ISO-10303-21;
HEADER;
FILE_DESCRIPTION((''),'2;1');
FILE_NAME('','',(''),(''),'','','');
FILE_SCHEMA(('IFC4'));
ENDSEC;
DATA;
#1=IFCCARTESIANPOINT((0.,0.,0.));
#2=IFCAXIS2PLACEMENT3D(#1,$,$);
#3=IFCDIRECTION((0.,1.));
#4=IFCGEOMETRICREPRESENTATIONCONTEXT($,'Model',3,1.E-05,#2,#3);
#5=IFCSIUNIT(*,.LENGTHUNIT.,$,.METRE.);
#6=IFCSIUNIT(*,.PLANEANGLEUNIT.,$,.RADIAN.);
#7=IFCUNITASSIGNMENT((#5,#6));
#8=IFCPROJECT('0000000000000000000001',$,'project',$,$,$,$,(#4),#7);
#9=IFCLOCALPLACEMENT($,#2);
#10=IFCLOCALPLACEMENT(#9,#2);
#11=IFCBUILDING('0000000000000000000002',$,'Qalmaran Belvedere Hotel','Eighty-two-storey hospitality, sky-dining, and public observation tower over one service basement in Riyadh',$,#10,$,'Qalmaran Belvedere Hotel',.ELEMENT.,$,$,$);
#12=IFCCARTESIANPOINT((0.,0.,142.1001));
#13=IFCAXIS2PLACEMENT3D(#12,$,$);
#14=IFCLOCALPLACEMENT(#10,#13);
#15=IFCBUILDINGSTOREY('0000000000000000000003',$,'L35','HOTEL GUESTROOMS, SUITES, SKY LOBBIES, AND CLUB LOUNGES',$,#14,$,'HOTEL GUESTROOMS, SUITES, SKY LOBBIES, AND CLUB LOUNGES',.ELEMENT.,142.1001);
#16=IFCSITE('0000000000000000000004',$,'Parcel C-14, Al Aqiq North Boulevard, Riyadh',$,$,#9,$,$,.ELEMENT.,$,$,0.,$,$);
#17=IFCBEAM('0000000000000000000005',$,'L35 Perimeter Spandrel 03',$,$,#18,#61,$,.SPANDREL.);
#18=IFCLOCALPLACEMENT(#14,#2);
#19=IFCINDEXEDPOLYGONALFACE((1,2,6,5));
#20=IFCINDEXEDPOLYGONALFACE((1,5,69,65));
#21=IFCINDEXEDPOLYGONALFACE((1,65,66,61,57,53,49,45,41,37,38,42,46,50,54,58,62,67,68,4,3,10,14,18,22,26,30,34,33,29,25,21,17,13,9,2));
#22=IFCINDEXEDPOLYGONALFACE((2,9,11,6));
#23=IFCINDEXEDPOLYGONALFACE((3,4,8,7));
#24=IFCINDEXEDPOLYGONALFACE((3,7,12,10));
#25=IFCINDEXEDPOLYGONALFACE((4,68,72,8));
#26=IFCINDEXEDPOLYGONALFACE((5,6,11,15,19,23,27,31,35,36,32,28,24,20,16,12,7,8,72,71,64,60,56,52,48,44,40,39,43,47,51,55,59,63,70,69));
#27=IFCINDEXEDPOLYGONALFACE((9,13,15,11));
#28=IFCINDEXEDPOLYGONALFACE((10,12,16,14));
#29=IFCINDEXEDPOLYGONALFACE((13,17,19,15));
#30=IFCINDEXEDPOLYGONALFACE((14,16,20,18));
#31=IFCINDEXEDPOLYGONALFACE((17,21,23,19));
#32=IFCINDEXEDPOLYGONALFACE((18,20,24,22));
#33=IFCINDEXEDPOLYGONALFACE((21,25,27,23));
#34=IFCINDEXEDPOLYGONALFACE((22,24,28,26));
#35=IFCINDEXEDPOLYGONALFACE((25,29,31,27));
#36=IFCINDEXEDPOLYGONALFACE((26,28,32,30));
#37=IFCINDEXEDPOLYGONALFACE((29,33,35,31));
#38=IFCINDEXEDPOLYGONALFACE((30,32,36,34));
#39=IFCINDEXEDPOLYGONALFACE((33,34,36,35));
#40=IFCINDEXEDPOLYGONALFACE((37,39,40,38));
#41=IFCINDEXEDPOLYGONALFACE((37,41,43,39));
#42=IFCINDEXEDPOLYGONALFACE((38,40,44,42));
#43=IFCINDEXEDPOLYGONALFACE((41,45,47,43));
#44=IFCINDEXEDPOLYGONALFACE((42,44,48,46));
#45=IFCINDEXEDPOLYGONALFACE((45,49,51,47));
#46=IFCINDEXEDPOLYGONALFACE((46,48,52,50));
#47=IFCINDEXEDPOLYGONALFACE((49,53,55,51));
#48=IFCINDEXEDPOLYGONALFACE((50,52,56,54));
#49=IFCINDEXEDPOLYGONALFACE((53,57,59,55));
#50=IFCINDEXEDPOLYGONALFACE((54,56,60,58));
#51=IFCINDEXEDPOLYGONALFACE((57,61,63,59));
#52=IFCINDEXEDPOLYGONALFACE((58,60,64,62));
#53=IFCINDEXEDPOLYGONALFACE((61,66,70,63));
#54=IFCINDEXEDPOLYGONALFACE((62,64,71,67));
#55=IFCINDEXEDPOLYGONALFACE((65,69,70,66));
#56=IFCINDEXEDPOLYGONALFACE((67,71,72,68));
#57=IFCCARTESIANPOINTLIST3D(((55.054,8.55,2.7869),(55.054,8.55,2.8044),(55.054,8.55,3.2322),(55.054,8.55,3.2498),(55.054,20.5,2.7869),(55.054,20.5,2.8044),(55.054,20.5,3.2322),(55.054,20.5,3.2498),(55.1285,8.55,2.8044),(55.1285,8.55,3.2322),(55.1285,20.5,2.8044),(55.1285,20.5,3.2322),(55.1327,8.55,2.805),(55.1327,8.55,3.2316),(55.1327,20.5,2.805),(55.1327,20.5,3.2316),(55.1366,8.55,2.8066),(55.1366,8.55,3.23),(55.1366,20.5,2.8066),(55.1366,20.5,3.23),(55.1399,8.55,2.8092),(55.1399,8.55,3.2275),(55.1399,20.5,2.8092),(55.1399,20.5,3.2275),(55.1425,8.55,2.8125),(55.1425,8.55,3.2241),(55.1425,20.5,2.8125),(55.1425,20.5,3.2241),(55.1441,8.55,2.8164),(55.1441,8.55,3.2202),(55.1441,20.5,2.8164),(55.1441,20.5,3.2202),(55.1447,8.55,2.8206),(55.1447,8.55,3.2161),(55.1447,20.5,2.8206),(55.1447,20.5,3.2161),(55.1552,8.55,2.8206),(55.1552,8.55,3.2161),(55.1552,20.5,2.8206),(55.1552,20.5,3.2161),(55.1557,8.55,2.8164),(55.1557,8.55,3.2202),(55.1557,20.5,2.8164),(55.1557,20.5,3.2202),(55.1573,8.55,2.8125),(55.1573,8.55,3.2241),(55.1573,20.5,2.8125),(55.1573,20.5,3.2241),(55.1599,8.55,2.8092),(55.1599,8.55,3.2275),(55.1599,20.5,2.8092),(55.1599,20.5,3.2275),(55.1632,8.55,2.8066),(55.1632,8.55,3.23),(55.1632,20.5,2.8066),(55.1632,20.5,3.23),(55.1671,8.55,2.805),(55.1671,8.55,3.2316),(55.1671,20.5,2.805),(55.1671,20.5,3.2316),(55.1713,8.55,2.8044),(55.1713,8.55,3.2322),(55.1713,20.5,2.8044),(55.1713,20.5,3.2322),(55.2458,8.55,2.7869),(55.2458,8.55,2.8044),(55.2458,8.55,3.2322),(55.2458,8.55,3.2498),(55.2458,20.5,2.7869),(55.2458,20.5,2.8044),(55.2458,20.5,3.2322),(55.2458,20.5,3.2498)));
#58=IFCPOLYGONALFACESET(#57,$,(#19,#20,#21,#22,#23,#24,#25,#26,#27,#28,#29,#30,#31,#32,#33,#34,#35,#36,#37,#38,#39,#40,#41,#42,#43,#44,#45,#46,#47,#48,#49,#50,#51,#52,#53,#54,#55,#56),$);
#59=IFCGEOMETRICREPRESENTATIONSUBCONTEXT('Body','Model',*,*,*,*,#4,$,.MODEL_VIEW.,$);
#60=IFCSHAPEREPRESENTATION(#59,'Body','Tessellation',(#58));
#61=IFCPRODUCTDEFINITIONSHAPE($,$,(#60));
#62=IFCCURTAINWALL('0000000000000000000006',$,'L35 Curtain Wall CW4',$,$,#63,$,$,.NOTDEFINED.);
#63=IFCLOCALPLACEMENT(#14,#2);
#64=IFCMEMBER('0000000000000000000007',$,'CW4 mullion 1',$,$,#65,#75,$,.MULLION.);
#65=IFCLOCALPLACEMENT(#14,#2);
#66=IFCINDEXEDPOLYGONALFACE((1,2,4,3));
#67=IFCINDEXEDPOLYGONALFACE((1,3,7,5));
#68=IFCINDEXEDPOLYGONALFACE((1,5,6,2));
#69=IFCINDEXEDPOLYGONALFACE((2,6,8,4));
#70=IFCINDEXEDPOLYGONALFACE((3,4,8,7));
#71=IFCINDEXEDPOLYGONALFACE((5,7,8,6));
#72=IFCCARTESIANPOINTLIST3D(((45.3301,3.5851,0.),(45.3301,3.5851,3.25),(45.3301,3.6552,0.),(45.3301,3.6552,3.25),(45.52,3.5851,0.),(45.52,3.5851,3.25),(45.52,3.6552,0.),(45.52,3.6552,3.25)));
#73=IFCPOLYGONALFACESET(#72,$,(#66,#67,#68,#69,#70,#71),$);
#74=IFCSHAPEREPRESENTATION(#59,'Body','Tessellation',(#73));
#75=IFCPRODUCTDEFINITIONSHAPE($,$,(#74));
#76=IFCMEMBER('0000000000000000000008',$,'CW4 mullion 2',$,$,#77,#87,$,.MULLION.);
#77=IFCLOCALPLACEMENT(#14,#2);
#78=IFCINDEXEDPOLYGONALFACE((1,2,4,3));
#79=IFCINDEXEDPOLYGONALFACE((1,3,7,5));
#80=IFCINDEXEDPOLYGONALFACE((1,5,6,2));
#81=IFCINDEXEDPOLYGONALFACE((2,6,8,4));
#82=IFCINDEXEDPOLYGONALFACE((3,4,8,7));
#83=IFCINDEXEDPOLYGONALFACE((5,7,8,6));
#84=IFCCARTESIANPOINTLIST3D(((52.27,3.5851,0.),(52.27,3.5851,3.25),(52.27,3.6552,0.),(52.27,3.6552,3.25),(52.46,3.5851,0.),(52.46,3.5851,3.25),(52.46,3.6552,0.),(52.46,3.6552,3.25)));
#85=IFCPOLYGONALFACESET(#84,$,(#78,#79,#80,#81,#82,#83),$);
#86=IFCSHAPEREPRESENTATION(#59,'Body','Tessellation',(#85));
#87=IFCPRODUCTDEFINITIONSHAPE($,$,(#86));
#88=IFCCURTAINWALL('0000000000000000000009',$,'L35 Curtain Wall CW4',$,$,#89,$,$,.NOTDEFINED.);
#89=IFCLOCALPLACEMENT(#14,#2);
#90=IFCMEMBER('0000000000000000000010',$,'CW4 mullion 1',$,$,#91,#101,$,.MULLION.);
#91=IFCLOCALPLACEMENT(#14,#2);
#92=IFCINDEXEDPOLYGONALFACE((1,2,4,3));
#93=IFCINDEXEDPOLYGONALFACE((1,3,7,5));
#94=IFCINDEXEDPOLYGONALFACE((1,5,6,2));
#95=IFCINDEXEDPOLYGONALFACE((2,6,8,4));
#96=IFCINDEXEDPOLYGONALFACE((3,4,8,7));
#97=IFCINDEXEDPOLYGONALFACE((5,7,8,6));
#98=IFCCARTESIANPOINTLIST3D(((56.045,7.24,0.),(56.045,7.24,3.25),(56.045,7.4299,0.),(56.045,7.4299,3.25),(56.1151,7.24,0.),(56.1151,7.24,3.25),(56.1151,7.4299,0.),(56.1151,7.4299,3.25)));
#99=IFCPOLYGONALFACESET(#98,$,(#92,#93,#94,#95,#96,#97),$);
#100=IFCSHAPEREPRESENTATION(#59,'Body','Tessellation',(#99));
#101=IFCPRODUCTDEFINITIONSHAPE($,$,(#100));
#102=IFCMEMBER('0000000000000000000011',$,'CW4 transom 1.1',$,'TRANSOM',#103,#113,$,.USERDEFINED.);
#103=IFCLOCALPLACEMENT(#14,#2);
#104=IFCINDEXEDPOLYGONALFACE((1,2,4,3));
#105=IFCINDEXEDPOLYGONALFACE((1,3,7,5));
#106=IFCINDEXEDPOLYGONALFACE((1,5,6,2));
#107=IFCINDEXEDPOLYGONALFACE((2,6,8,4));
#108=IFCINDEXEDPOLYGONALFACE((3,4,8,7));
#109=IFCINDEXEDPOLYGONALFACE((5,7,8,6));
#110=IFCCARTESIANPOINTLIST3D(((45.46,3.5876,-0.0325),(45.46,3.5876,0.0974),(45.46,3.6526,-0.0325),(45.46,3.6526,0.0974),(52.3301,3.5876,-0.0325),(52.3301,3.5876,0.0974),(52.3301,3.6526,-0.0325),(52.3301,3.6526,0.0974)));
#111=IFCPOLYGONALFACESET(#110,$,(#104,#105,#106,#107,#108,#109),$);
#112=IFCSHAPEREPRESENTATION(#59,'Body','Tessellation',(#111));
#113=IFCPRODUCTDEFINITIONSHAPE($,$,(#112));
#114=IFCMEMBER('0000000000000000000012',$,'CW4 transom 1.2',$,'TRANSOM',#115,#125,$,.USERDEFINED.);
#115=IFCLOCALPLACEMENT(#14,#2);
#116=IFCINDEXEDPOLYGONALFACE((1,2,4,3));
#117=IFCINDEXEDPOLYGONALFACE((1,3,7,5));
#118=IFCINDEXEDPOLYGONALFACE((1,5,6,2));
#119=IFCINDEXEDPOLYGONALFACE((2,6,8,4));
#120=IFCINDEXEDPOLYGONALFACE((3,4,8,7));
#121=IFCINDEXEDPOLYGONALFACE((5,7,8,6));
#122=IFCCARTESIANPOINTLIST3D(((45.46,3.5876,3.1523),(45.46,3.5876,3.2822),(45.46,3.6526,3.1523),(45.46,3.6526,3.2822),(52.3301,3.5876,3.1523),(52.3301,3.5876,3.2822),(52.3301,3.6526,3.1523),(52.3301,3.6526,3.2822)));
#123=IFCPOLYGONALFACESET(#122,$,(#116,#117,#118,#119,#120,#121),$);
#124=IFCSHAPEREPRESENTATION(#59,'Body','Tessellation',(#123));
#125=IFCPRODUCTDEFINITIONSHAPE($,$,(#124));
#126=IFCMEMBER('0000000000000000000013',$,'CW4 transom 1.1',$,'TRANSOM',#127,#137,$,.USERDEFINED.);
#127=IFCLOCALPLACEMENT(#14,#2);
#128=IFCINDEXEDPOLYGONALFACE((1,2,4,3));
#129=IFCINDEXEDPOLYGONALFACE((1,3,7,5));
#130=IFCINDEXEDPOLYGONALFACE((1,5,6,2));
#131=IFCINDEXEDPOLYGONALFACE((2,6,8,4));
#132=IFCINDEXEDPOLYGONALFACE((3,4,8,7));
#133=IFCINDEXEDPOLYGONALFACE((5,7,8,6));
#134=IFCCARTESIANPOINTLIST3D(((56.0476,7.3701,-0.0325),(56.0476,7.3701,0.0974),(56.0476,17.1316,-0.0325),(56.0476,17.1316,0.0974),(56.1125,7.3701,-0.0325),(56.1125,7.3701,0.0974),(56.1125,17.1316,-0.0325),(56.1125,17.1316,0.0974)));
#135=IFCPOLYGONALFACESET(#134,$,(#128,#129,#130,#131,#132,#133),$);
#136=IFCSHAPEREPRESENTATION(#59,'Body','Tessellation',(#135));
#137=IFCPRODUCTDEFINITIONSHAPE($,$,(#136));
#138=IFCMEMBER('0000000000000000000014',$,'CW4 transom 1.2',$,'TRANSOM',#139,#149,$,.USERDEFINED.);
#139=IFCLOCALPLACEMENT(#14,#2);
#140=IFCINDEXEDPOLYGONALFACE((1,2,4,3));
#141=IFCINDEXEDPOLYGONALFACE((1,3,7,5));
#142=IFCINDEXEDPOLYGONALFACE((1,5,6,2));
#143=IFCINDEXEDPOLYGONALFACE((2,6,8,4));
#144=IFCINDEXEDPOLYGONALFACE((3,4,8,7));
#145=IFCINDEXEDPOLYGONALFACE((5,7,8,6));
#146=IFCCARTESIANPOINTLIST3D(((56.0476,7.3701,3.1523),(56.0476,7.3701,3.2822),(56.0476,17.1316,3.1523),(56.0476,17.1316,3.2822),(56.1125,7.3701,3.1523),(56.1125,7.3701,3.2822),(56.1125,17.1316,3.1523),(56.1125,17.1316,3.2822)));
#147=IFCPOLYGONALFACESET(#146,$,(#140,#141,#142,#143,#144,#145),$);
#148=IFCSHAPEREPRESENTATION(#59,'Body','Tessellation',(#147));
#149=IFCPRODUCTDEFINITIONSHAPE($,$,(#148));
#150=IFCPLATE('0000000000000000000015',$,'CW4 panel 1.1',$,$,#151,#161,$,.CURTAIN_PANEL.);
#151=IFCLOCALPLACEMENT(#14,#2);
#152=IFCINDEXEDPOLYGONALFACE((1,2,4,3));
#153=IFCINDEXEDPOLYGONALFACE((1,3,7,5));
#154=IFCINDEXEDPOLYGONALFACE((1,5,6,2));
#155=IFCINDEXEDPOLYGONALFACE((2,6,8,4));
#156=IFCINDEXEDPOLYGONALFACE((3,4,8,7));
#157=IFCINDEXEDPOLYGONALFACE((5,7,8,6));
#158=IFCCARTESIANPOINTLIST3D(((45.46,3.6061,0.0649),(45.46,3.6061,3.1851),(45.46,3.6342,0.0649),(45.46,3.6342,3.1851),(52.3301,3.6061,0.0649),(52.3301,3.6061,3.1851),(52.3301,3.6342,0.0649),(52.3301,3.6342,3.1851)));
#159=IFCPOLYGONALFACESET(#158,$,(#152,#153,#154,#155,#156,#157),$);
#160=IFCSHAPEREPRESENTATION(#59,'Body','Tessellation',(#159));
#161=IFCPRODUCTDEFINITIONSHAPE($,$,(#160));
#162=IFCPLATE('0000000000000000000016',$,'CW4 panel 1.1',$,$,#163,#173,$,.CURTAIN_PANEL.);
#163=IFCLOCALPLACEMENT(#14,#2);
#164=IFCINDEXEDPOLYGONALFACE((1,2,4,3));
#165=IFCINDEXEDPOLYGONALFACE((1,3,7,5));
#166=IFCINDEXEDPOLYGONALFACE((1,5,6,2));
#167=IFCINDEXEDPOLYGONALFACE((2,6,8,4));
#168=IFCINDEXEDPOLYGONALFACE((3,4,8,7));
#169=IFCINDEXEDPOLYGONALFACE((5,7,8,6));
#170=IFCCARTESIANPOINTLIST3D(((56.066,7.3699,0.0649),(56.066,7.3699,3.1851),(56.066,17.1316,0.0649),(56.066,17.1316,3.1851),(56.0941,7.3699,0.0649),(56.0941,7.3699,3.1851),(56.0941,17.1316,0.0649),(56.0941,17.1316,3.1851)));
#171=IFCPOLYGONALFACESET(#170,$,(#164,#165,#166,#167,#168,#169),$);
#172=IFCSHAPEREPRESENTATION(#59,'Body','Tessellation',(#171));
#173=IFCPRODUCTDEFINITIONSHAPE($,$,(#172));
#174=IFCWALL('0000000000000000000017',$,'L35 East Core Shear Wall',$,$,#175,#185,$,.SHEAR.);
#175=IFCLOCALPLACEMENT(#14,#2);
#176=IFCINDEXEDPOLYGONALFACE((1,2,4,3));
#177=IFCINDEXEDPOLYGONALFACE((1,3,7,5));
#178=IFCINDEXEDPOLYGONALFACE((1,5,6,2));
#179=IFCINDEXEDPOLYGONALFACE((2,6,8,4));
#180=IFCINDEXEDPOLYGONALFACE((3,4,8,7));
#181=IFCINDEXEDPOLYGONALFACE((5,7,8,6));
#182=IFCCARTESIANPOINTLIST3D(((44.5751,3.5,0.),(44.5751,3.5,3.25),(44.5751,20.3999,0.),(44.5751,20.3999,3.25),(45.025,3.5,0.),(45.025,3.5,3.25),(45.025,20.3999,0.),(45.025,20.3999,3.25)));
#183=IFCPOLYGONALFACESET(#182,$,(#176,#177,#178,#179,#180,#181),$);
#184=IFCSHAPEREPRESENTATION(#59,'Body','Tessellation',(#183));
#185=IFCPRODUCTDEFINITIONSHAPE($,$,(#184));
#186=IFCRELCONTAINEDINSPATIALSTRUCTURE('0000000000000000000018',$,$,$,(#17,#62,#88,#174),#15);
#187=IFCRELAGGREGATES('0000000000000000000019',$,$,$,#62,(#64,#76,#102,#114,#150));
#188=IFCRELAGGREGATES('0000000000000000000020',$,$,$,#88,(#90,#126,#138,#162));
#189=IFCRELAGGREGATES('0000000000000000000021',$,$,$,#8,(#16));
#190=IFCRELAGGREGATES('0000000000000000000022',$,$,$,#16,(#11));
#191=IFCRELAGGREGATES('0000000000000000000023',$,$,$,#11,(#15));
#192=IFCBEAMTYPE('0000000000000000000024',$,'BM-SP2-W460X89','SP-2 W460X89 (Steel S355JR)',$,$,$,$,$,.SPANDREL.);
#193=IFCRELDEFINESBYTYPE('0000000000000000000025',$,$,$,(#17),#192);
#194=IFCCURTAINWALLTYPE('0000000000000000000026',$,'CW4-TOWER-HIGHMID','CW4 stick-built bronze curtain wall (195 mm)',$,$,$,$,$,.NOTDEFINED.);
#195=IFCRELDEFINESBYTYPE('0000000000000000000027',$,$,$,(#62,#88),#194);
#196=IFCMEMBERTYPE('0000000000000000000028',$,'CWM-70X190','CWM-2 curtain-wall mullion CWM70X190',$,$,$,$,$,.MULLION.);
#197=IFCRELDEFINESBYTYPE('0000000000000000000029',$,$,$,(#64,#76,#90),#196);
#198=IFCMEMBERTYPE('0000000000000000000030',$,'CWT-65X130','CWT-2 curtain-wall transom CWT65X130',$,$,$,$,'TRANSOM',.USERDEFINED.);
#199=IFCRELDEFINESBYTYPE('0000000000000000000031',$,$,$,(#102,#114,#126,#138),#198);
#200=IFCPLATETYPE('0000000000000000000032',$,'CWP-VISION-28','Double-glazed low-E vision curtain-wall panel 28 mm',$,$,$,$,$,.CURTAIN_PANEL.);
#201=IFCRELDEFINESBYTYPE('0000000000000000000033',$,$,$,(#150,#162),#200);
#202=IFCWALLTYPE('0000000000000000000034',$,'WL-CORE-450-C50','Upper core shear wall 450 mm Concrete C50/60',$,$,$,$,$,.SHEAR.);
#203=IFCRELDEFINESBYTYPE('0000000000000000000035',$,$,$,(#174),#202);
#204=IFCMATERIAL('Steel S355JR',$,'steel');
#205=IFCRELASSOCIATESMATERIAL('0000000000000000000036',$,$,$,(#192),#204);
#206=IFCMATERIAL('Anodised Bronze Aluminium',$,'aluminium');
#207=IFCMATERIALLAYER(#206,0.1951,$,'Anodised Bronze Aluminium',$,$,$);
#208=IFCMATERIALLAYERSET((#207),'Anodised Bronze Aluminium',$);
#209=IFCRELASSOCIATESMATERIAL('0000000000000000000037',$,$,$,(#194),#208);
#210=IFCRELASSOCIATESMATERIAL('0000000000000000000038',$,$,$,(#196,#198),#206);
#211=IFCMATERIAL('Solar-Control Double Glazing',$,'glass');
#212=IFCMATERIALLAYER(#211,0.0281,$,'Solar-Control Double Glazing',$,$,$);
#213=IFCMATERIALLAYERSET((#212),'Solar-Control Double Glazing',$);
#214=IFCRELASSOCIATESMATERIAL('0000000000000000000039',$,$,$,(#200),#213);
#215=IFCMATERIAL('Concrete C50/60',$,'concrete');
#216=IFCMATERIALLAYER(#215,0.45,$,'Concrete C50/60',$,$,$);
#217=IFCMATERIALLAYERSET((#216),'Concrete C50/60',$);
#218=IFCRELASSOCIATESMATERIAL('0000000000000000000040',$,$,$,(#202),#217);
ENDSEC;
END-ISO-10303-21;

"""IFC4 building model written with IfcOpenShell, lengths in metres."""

from ifc_helpers import new_model, si_unit, direction, frame, frame_2d, origin, origin_2d, place, context, subcontext, project, spatial, rectangle, i_section, extrude, material, layer, layer_set, material_profile, profile_set, type_object, element, aggregate, save


model = new_model("IFC4")

# Units and contexts
model_context = context("Model", 3, precision=1e-05, world=origin(), true_north=direction((0.0, 1.0)))
body_context = subcontext(model_context, "Body", "Model", "MODEL_VIEW")
ifc_project = project(units=[si_unit("LENGTHUNIT", "METRE"), si_unit("PLANEANGLEUNIT", "RADIAN")], contexts=[model_context])

# Site, building, storey
site_placement = place(None, origin())
site = spatial("IfcSite", under=ifc_project, at=site_placement, Name="Parcel C-14, Al Aqiq North Boulevard, Riyadh", CompositionType="ELEMENT", RefElevation=0.0)
building_placement = place(site_placement, origin())
building = spatial("IfcBuilding", under=site, at=building_placement, Name="Qalmaran Belvedere Hotel", Description="Eighty-two-storey hospitality, sky-dining, and public observation tower over one service basement in Riyadh", LongName="Qalmaran Belvedere Hotel", CompositionType="ELEMENT")
storey_placement = place(building_placement, frame((0.0, 0.0, 142.1001)))
storey = spatial("IfcBuildingStorey", under=building, at=storey_placement, Name="L35", Description="HOTEL GUESTROOMS, SUITES, SKY LOBBIES, AND CLUB LOUNGES", LongName="HOTEL GUESTROOMS, SUITES, SKY LOBBIES, AND CLUB LOUNGES", CompositionType="ELEMENT", Elevation=142.1001)

# Shared definitions
ifc_material_1 = material(Name="Concrete C50/60", Category="concrete")

# Beam
ifc_material_2 = material(Name="Steel S355JR", Category="steel")
ifc_material_profile_1 = material_profile(ifc_material_2, i_section(OverallWidth=0.1919, OverallDepth=0.4629, WebThickness=0.0105, FlangeThickness=0.0176, FilletRadius=0.0161, at=origin_2d()), Name="W460X89")
ifc_profile_set_1 = profile_set([ifc_material_profile_1], Name="Steel S355JR")
beam_type_1 = type_object("IfcBeamType", Name="BM-SP2-W460X89", Description="SP-2 W460X89 (Steel S355JR)", PredefinedType="SPANDREL", material=ifc_profile_set_1)
beam_1_placement = place(storey_placement, frame((55.1499, 8.55, 3.0183), z_axis=(0.0, 1.0, 0.0), x_axis=(-1.0, 0.0, 0.0)))
element("IfcBeam", 1, at=beam_1_placement, inside=storey, type_object=beam_type_1, Name="L35 Perimeter Spandrel 03", PredefinedType="SPANDREL", context=body_context, shape_type="SweptSolid", body=[
    extrude(i_section(OverallWidth=0.1919, OverallDepth=0.4629, WebThickness=0.0105, FlangeThickness=0.0176, FilletRadius=0.0161, at=origin_2d()), origin(), (0.0, 0.0, 1.0), 11.95),
])

# Curtain wall, members
ifc_material_3 = material(Name="Anodised Bronze Aluminium", Category="aluminium")
ifc_layer_1 = layer(ifc_material_3, 0.1951, Name="Anodised Bronze Aluminium")
ifc_layer_set_1 = layer_set([ifc_layer_1], Name="Anodised Bronze Aluminium")
curtain_wall_type = type_object("IfcCurtainWallType", Name="CW4-TOWER-HIGHMID", Description="CW4 stick-built bronze curtain wall (195 mm)", PredefinedType="NOTDEFINED", material=ifc_layer_set_1)
curtain_wall_1_placement = place(storey_placement, origin())
curtain_wall_1 = element("IfcCurtainWall", 2, at=curtain_wall_1_placement, inside=storey, type_object=curtain_wall_type, Name="L35 Curtain Wall CW4", PredefinedType="NOTDEFINED")
ifc_material_profile_2 = material_profile(ifc_material_3, rectangle(XDim=0.0701, YDim=0.1899, at=origin_2d()), Name="CWM70X190")
ifc_profile_set_2 = profile_set([ifc_material_profile_2], Name="Anodised Bronze Aluminium")
member_type_1 = type_object("IfcMemberType", Name="CWM-70X190", Description="CWM-2 curtain-wall mullion CWM70X190", PredefinedType="MULLION", material=ifc_profile_set_2)
member_1_placement = place(storey_placement, frame((45.425, 3.6201, 0.0), z_axis=(0.0, 0.0, 1.0), x_axis=(0.0, 1.0, 0.0)))
member_1 = element("IfcMember", 3, at=member_1_placement, type_object=member_type_1, Name="CW4 mullion 1", PredefinedType="MULLION", context=body_context, shape_type="SweptSolid", body=[
    extrude(rectangle(XDim=0.0701, YDim=0.1899, at=origin_2d()), origin(), (0.0, 0.0, 1.0), 3.25),
])
member_2_placement = place(storey_placement, frame((52.365, 3.6201, 0.0), z_axis=(0.0, 0.0, 1.0), x_axis=(0.0, 1.0, 0.0)))
member_2 = element("IfcMember", 4, at=member_2_placement, type_object=member_type_1, Name="CW4 mullion 2", PredefinedType="MULLION", context=body_context, shape_type="SweptSolid", body=[
    extrude(rectangle(XDim=0.0701, YDim=0.1899, at=origin_2d()), origin(), (0.0, 0.0, 1.0), 3.25),
])

# Curtain wall, member
curtain_wall_2_placement = place(storey_placement, origin())
curtain_wall_2 = element("IfcCurtainWall", 5, at=curtain_wall_2_placement, inside=storey, type_object=curtain_wall_type, Name="L35 Curtain Wall CW4", PredefinedType="NOTDEFINED")
member_3_placement = place(storey_placement, frame((56.0801, 7.335, 0.0), z_axis=(0.0, 0.0, 1.0), x_axis=(-1.0, 0.0, 0.0)))
member_3 = element("IfcMember", 6, at=member_3_placement, type_object=member_type_1, Name="CW4 mullion 1", PredefinedType="MULLION", context=body_context, shape_type="SweptSolid", body=[
    extrude(rectangle(XDim=0.0701, YDim=0.1899, at=origin_2d()), origin(), (0.0, 0.0, 1.0), 3.25),
])

# Members
ifc_material_profile_3 = material_profile(ifc_material_3, rectangle(XDim=0.0649, YDim=0.1299, at=origin_2d()), Name="CWT65X130")
ifc_profile_set_3 = profile_set([ifc_material_profile_3], Name="Anodised Bronze Aluminium")
member_type_2 = type_object("IfcMemberType", Name="CWT-65X130", Description="CWT-2 curtain-wall transom CWT65X130", ElementType="TRANSOM", PredefinedType="USERDEFINED", material=ifc_profile_set_3)
member_4_placement = place(storey_placement, frame((45.46, 3.6201, 0.0325), z_axis=(1.0, 0.0, 0.0), x_axis=(0.0, 1.0, 0.0)))
member_4 = element("IfcMember", 7, at=member_4_placement, type_object=member_type_2, Name="CW4 transom 1.1", ObjectType="TRANSOM", PredefinedType="USERDEFINED", context=body_context, shape_type="SweptSolid", body=[
    extrude(rectangle(XDim=0.0649, YDim=0.1299, at=origin_2d()), origin(), (0.0, 0.0, 1.0), 6.8701),
])
member_5_placement = place(storey_placement, frame((45.46, 3.6201, 3.2173), z_axis=(1.0, 0.0, 0.0), x_axis=(0.0, 1.0, 0.0)))
member_5 = element("IfcMember", 8, at=member_5_placement, type_object=member_type_2, Name="CW4 transom 1.2", ObjectType="TRANSOM", PredefinedType="USERDEFINED", context=body_context, shape_type="SweptSolid", body=[
    extrude(rectangle(XDim=0.0649, YDim=0.1299, at=origin_2d()), origin(), (0.0, 0.0, 1.0), 6.8701),
])
member_6_placement = place(storey_placement, frame((56.0801, 7.3701, 0.0325), z_axis=(0.0, 1.0, 0.0), x_axis=(-1.0, 0.0, 0.0)))
member_6 = element("IfcMember", 9, at=member_6_placement, type_object=member_type_2, Name="CW4 transom 1.1", ObjectType="TRANSOM", PredefinedType="USERDEFINED", context=body_context, shape_type="SweptSolid", body=[
    extrude(rectangle(XDim=0.0649, YDim=0.1299, at=origin_2d()), origin(), (0.0, 0.0, 1.0), 9.7615),
])
member_7_placement = place(storey_placement, frame((56.0801, 7.3701, 3.2173), z_axis=(0.0, 1.0, 0.0), x_axis=(-1.0, 0.0, 0.0)))
member_7 = element("IfcMember", 10, at=member_7_placement, type_object=member_type_2, Name="CW4 transom 1.2", ObjectType="TRANSOM", PredefinedType="USERDEFINED", context=body_context, shape_type="SweptSolid", body=[
    extrude(rectangle(XDim=0.0649, YDim=0.1299, at=origin_2d()), origin(), (0.0, 0.0, 1.0), 9.7615),
])

# Plates
ifc_material_4 = material(Name="Solar-Control Double Glazing", Category="glass")
ifc_layer_2 = layer(ifc_material_4, 0.0281, Name="Solar-Control Double Glazing")
ifc_layer_set_2 = layer_set([ifc_layer_2], Name="Solar-Control Double Glazing")
plate_type = type_object("IfcPlateType", Name="CWP-VISION-28", Description="Double-glazed low-E vision curtain-wall panel 28 mm", PredefinedType="CURTAIN_PANEL", material=ifc_layer_set_2)
plate_1_placement = place(storey_placement, frame((48.895, 3.6201, 0.0649), z_axis=(0.0, 0.0, 1.0), x_axis=(1.0, 0.0, 0.0)))
plate_1 = element("IfcPlate", 11, at=plate_1_placement, type_object=plate_type, Name="CW4 panel 1.1", PredefinedType="CURTAIN_PANEL", context=body_context, shape_type="SweptSolid", body=[
    extrude(rectangle(XDim=6.8701, YDim=0.0281, at=origin_2d()), origin(), (0.0, 0.0, 1.0), 3.1201),
])
aggregate(curtain_wall_1, [member_1, member_2, member_4, member_5, plate_1])
plate_2_placement = place(storey_placement, frame((56.0801, 12.2507, 0.0649), z_axis=(0.0, 0.0, 1.0), x_axis=(0.0, 1.0, 0.0)))
plate_2 = element("IfcPlate", 12, at=plate_2_placement, type_object=plate_type, Name="CW4 panel 1.1", PredefinedType="CURTAIN_PANEL", context=body_context, shape_type="SweptSolid", body=[
    extrude(rectangle(XDim=9.7617, YDim=0.0281, at=origin_2d()), origin(), (0.0, 0.0, 1.0), 3.1201),
])
aggregate(curtain_wall_2, [member_3, member_6, member_7, plate_2])

# Wall
ifc_layer_3 = layer(ifc_material_1, 0.45, Name="Concrete C50/60")
ifc_layer_set_3 = layer_set([ifc_layer_3], Name="Concrete C50/60")
wall_type_1 = type_object("IfcWallType", Name="WL-CORE-450-C50", Description="Upper core shear wall 450 mm Concrete C50/60", PredefinedType="SHEAR", material=ifc_layer_set_3)
wall_1_placement = place(storey_placement, frame((44.8, 3.5, 0.0), z_axis=(0.0, 0.0, 1.0), x_axis=(0.0, 1.0, 0.0)))
element("IfcWall", 13, at=wall_1_placement, inside=storey, type_object=wall_type_1, Name="L35 East Core Shear Wall", PredefinedType="SHEAR", context=body_context, shape_type="SweptSolid", body=[
    extrude(rectangle(XDim=16.8999, YDim=0.45, at=frame_2d((8.45, 0.0))), origin(), (0.0, 0.0, 1.0), 3.25),
])

save(model, "model.ifc")
